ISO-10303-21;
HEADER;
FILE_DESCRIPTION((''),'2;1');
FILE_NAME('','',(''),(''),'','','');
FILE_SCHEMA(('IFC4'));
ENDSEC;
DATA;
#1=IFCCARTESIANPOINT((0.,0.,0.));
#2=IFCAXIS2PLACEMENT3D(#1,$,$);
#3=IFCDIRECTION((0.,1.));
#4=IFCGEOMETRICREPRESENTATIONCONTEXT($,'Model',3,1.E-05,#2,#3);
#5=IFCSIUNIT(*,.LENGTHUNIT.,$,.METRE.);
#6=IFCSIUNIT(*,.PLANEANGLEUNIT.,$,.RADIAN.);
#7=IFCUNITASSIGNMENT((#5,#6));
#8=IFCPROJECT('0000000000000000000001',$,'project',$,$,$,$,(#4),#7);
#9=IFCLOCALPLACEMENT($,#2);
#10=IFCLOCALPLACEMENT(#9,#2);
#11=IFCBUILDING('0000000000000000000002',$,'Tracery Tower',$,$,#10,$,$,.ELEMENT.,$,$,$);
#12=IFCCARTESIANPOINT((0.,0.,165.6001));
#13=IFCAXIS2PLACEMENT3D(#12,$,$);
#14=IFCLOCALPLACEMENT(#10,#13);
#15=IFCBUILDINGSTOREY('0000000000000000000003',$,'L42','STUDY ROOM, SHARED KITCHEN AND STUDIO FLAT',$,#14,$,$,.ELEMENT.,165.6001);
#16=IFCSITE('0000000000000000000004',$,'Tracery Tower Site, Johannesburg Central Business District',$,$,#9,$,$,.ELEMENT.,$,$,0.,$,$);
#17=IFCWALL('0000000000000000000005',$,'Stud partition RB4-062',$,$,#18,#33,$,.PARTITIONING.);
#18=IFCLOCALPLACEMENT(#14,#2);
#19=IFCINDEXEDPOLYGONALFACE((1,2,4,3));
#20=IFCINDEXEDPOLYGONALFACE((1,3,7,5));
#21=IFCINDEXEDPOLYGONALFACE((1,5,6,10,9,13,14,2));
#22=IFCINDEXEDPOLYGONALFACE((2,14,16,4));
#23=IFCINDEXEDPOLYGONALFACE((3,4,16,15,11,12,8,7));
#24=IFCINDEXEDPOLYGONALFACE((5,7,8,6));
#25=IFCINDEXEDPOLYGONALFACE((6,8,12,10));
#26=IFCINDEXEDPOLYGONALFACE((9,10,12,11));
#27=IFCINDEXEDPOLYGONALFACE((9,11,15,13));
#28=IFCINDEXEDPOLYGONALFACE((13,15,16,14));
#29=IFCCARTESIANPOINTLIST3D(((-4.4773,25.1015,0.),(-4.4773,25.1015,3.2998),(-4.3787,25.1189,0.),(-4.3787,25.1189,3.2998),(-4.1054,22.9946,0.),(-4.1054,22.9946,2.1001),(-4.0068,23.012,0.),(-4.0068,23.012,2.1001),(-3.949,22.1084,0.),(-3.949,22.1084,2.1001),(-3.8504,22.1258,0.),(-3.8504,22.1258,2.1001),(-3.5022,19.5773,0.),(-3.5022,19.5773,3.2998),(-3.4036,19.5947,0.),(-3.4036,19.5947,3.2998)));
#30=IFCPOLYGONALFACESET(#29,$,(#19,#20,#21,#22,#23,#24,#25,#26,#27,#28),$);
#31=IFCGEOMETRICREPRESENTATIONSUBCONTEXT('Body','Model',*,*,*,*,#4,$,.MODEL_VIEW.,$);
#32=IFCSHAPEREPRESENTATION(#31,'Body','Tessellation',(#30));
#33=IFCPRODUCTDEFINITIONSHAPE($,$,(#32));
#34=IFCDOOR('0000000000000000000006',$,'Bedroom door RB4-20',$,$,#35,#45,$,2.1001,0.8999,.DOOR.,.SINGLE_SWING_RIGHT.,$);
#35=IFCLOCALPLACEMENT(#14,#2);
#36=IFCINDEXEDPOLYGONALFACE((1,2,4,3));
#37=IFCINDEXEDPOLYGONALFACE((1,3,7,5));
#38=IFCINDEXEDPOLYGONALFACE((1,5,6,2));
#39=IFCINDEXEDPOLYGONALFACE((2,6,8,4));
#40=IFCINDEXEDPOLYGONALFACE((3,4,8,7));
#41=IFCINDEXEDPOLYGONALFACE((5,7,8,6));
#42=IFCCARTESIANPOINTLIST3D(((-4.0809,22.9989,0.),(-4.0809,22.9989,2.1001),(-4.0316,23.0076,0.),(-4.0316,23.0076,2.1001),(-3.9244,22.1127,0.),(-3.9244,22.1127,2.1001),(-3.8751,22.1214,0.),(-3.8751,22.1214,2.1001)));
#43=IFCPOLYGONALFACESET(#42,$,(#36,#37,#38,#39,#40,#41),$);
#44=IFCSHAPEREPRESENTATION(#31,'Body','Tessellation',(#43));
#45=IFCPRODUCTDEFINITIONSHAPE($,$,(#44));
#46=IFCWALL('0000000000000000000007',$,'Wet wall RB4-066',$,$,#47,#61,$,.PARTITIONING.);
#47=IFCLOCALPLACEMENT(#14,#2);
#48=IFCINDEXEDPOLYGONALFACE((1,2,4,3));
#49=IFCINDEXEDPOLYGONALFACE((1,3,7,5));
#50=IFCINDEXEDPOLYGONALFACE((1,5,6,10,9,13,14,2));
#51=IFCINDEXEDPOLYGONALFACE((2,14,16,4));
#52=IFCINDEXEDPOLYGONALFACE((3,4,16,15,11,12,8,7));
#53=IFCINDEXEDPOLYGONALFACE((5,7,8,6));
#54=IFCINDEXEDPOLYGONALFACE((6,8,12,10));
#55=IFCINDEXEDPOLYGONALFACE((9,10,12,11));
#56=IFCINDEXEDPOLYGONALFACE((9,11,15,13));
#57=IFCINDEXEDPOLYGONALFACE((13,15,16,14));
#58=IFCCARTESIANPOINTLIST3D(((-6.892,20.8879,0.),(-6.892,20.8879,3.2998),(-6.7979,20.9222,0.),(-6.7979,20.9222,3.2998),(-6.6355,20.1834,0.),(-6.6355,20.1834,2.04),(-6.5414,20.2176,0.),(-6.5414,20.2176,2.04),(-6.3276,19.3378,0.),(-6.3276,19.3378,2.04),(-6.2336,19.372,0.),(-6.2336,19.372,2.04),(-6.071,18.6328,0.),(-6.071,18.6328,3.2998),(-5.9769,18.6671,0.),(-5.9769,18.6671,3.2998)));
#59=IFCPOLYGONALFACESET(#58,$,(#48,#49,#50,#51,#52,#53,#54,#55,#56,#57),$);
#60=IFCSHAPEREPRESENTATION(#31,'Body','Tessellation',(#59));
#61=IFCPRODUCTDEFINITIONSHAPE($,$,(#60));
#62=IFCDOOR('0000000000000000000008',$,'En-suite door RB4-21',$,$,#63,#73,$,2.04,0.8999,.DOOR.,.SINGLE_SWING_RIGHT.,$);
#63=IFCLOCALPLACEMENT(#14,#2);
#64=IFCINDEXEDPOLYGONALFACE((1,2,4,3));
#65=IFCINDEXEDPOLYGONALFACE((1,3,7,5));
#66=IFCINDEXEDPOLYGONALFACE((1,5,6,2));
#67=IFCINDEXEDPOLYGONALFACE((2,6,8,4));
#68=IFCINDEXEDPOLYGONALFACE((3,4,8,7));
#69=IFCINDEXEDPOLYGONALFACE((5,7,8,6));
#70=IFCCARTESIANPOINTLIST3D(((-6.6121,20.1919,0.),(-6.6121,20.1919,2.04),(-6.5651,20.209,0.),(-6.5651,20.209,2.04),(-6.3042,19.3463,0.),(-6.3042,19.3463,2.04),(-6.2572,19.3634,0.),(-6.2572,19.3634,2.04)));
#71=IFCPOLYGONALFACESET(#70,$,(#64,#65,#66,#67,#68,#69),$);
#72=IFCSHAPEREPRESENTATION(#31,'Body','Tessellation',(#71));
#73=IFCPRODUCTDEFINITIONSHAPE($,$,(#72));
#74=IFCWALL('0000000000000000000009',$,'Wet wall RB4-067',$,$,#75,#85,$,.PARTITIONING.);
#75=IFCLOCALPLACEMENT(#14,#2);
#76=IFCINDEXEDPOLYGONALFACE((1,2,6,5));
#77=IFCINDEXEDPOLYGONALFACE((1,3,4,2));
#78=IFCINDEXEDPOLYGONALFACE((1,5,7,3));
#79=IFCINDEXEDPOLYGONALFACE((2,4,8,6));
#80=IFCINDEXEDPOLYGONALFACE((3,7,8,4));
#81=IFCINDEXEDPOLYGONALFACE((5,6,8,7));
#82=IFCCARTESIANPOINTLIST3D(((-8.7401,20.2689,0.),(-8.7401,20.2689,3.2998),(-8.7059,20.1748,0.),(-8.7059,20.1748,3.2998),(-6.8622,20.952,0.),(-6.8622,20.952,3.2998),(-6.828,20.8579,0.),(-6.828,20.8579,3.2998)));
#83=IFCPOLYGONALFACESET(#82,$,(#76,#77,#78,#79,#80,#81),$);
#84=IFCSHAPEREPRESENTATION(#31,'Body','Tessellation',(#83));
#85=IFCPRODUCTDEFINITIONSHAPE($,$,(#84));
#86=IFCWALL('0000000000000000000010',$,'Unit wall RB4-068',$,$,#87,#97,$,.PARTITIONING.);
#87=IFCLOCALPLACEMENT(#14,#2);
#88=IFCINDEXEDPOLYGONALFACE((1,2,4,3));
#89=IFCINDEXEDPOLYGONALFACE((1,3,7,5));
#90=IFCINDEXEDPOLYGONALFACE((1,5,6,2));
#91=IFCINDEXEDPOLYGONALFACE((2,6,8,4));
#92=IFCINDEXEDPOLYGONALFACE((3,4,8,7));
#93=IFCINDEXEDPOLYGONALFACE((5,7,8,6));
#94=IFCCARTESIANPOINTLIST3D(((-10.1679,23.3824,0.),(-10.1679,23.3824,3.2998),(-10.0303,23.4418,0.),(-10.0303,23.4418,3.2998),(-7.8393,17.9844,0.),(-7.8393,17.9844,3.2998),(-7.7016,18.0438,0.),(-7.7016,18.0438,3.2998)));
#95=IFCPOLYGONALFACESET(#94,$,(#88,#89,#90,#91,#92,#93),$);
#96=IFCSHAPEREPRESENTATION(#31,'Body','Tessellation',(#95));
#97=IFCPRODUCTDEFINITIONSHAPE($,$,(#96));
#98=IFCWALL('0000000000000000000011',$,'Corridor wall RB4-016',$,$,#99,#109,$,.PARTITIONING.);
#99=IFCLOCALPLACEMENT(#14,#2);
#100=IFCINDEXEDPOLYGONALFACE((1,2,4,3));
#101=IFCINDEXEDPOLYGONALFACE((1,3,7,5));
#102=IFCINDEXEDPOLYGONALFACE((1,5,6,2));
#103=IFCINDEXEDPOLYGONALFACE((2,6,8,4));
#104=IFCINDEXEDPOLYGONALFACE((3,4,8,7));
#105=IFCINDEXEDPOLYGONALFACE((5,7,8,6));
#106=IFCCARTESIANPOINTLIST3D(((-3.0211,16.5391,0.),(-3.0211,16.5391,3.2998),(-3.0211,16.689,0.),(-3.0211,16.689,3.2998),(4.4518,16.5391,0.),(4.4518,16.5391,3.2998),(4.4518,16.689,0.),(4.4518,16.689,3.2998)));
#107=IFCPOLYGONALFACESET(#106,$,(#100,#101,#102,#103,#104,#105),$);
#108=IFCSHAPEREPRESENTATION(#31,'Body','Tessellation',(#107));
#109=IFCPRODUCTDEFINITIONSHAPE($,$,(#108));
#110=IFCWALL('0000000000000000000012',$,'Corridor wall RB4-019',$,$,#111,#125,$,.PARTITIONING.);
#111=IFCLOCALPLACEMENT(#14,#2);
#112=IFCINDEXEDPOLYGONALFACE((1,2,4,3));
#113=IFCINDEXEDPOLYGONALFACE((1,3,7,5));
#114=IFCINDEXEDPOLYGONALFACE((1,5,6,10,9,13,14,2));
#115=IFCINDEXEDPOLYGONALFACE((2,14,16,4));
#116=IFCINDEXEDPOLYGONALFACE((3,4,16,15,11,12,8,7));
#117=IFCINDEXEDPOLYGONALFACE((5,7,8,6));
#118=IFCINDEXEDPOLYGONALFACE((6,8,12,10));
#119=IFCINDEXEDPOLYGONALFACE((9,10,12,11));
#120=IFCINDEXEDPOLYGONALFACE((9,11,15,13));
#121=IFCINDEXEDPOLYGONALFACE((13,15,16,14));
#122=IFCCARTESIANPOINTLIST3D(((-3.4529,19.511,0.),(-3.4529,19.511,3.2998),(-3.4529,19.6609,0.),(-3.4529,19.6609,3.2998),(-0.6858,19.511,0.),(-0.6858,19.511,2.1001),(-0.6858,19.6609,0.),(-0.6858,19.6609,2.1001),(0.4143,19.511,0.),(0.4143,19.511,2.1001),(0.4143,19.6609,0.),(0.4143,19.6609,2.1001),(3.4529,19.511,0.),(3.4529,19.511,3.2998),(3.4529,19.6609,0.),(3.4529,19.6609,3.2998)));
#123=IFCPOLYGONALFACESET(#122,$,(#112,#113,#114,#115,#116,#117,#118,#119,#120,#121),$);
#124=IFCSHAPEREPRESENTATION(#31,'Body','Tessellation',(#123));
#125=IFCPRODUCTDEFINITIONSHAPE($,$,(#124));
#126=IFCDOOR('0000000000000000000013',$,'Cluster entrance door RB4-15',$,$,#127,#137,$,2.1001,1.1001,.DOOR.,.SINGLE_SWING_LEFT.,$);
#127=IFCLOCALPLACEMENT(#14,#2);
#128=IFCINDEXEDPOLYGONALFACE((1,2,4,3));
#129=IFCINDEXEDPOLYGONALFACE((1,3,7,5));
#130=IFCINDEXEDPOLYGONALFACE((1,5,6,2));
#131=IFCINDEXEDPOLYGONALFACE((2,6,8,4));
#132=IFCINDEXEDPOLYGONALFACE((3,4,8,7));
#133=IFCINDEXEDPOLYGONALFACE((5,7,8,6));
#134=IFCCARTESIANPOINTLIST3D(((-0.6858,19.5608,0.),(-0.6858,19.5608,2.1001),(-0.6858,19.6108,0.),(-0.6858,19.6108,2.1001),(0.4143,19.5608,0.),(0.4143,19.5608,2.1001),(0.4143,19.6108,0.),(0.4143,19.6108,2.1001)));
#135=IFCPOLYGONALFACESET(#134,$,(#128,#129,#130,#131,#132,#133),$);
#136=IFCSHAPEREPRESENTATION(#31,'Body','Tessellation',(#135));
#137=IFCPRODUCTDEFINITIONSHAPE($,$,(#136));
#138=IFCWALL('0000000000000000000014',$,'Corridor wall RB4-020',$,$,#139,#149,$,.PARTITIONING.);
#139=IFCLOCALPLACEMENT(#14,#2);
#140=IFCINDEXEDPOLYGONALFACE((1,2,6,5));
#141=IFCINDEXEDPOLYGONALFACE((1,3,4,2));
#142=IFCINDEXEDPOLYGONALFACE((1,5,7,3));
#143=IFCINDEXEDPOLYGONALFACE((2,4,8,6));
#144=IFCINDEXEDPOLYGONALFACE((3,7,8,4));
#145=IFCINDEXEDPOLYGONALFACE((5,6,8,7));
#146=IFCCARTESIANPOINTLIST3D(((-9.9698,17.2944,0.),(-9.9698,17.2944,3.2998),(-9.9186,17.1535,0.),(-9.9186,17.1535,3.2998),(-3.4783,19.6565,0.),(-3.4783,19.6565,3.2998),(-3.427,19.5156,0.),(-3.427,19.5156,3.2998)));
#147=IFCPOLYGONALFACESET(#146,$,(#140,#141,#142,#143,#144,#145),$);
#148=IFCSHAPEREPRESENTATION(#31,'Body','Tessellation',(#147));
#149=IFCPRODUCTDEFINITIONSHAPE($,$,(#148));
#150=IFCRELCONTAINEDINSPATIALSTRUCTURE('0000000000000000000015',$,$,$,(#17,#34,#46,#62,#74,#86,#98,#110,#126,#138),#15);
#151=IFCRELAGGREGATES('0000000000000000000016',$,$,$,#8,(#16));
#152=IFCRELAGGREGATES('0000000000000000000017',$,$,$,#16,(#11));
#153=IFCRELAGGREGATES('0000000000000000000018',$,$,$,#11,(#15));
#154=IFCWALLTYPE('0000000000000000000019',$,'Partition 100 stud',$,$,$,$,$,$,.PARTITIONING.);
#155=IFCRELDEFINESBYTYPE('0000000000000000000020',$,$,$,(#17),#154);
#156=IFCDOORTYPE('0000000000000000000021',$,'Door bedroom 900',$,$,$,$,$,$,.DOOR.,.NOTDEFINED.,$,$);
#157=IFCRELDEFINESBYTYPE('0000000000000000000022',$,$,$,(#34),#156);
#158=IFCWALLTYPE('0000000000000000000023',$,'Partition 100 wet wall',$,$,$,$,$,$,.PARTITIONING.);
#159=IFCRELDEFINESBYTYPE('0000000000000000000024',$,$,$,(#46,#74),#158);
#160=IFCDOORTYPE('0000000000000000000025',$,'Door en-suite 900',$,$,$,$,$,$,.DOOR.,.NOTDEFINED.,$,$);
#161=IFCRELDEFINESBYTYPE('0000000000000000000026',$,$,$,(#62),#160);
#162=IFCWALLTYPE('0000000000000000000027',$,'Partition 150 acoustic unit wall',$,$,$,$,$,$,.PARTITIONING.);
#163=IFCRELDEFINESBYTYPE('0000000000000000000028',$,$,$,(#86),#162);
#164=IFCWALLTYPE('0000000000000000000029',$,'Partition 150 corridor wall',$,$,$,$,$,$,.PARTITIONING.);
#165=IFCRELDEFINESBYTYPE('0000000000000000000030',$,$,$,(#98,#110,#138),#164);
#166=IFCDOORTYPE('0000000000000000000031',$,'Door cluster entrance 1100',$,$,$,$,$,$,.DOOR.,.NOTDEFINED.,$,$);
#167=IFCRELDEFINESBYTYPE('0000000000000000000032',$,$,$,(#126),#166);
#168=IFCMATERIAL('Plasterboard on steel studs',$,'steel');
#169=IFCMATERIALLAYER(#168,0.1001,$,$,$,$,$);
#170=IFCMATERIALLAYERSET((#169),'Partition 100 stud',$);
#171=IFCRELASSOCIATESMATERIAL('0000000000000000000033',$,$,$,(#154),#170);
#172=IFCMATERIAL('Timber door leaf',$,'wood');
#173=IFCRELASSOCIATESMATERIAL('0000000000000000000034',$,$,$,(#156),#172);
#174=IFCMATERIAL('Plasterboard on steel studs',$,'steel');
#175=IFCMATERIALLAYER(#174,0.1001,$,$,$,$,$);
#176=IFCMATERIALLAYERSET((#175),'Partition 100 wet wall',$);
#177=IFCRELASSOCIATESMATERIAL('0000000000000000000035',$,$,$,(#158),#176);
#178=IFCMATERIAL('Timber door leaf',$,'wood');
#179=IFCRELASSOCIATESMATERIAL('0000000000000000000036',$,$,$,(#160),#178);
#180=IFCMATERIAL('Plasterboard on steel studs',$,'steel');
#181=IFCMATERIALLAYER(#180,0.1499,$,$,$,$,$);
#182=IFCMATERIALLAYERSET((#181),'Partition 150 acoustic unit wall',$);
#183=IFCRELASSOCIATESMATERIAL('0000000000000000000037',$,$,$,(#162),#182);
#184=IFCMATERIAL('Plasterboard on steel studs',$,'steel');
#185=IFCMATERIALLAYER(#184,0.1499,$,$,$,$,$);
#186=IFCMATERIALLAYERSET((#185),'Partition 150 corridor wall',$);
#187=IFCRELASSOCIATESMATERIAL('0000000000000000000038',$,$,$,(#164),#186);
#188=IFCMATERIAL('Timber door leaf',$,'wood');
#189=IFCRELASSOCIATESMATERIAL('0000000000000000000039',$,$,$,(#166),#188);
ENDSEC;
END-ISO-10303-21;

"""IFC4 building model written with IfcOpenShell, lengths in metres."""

from ifc_helpers import new_model, si_unit, direction, frame, frame_2d, origin, place, context, subcontext, project, spatial, rectangle, extrude, material, layer, layer_set, type_object, element, fill, save


model = new_model("IFC4")

# Units and contexts
model_context = context("Model", 3, precision=1e-05, world=origin(), true_north=direction((0.0, 1.0)))
body_context = subcontext(model_context, "Body", "Model", "MODEL_VIEW")
ifc_project = project(units=[si_unit("LENGTHUNIT", "METRE"), si_unit("PLANEANGLEUNIT", "RADIAN")], contexts=[model_context])

# Site, building, storey
site_placement = place(None, origin())
site = spatial("IfcSite", under=ifc_project, at=site_placement, Name="Tracery Tower Site, Johannesburg Central Business District", CompositionType="ELEMENT", RefElevation=0.0)
building_placement = place(site_placement, origin())
building = spatial("IfcBuilding", under=site, at=building_placement, Name="Tracery Tower", CompositionType="ELEMENT")
storey_placement = place(building_placement, frame((0.0, 0.0, 165.6001)))
storey = spatial("IfcBuildingStorey", under=building, at=storey_placement, Name="L42", Description="STUDY ROOM, SHARED KITCHEN AND STUDIO FLAT", CompositionType="ELEMENT", Elevation=165.6001)

# Walls, openings, doors
ifc_material_1 = material(Name="Plasterboard on steel studs", Category="steel")
ifc_layer_1 = layer(ifc_material_1, 0.1001)
ifc_layer_set_1 = layer_set([ifc_layer_1], Name="Partition 100 stud")
wall_type_1 = type_object("IfcWallType", Name="Partition 100 stud", PredefinedType="PARTITIONING", material=ifc_layer_set_1)
wall_1_placement = place(storey_placement, frame((-4.428, 25.1101, 0.0), z_axis=(0.0, 0.0, 1.0), x_axis=(0.173828, -0.984776, 0.0)))
wall_1 = element("IfcWall", 1, at=wall_1_placement, inside=storey, type_object=wall_type_1, Name="Stud partition RB4-062", PredefinedType="PARTITIONING", context=body_context, shape_type="SweptSolid", body=[
    extrude(rectangle(XDim=5.6096, YDim=0.1001, at=frame_2d((2.8047, 0.0))), origin(), (0.0, 0.0, 1.0), 3.2998),
])
opening_1_placement = place(wall_1_placement, frame((2.1394, 0.0, 0.0)))
opening_1 = element("IfcOpeningElement", 2, at=opening_1_placement, cuts=wall_1, PredefinedType="OPENING", context=body_context, shape_type="SweptSolid", body=[
    extrude(rectangle(XDim=0.8999, YDim=2.1001, at=frame_2d((0.45, 1.05))), frame((0.0, 0.05, 0.0), z_axis=(0.0, -1.0, 0.0), x_axis=(1.0, 0.0, 0.0)), (0.0, 0.0, 1.0), 0.1001),
])
ifc_material_2 = material(Name="Timber door leaf", Category="wood")
door_type_1 = type_object("IfcDoorType", Name="Door bedroom 900", OperationType="NOTDEFINED", PredefinedType="DOOR", material=ifc_material_2)
door_1_placement = place(opening_1_placement, origin())
door_1 = element("IfcDoor", 3, at=door_1_placement, inside=storey, type_object=door_type_1, Name="Bedroom door RB4-20", OperationType="SINGLE_SWING_RIGHT", OverallHeight=2.1001, OverallWidth=0.8999, PredefinedType="DOOR", context=body_context, shape_type="SweptSolid", body=[
    extrude(rectangle(XDim=0.8999, YDim=2.1001, at=frame_2d((0.45, 1.05))), frame((0.0, 0.0249, 0.0), z_axis=(0.0, -1.0, 0.0), x_axis=(1.0, 0.0, 0.0)), (0.0, 0.0, 1.0), 0.05),
])
fill(opening_1, door_1)
ifc_material_3 = material(Name="Plasterboard on steel studs", Category="steel")
ifc_layer_2 = layer(ifc_material_3, 0.1001)
ifc_layer_set_2 = layer_set([ifc_layer_2], Name="Partition 100 wet wall")
wall_type_2 = type_object("IfcWallType", Name="Partition 100 wet wall", PredefinedType="PARTITIONING", material=ifc_layer_set_2)
wall_2_placement = place(storey_placement, frame((-6.845, 20.905, 0.0), z_axis=(0.0, 0.0, 1.0), x_axis=(0.342111, -0.93966, 0.0)))
wall_2 = element("IfcWall", 4, at=wall_2_placement, inside=storey, type_object=wall_type_2, Name="Wet wall RB4-066", PredefinedType="PARTITIONING", context=body_context, shape_type="SweptSolid", body=[
    extrude(rectangle(XDim=2.3999, YDim=0.1001, at=frame_2d((1.2, 0.0))), origin(), (0.0, 0.0, 1.0), 3.2998),
])
opening_2_placement = place(wall_2_placement, frame((0.7498, 0.0, 0.0)))
opening_2 = element("IfcOpeningElement", 5, at=opening_2_placement, cuts=wall_2, PredefinedType="OPENING", context=body_context, shape_type="SweptSolid", body=[
    extrude(rectangle(XDim=0.8999, YDim=2.04, at=frame_2d((0.45, 1.02))), frame((0.0, 0.05, 0.0), z_axis=(0.0, -1.0, 0.0), x_axis=(1.0, 0.0, 0.0)), (0.0, 0.0, 1.0), 0.1001),
])
ifc_material_4 = material(Name="Timber door leaf", Category="wood")
door_type_2 = type_object("IfcDoorType", Name="Door en-suite 900", OperationType="NOTDEFINED", PredefinedType="DOOR", material=ifc_material_4)
door_2_placement = place(opening_2_placement, origin())
door_2 = element("IfcDoor", 6, at=door_2_placement, inside=storey, type_object=door_type_2, Name="En-suite door RB4-21", OperationType="SINGLE_SWING_RIGHT", OverallHeight=2.04, OverallWidth=0.8999, PredefinedType="DOOR", context=body_context, shape_type="SweptSolid", body=[
    extrude(rectangle(XDim=0.8999, YDim=2.04, at=frame_2d((0.45, 1.02))), frame((0.0, 0.0249, 0.0), z_axis=(0.0, -1.0, 0.0), x_axis=(1.0, 0.0, 0.0)), (0.0, 0.0, 1.0), 0.05),
])
fill(opening_2, door_2)

# Walls
wall_3_placement = place(storey_placement, frame((-8.7229, 20.2219, 0.0), z_axis=(0.0, 0.0, 1.0), x_axis=(0.939758, 0.341841, 0.0)))
element("IfcWall", 7, at=wall_3_placement, inside=storey, type_object=wall_type_2, Name="Wet wall RB4-067", PredefinedType="PARTITIONING", context=body_context, shape_type="SweptSolid", body=[
    extrude(rectangle(XDim=1.9983, YDim=0.1001, at=frame_2d((0.999, 0.0))), origin(), (0.0, 0.0, 1.0), 3.2998),
])
ifc_material_5 = material(Name="Plasterboard on steel studs", Category="steel")
ifc_layer_3 = layer(ifc_material_5, 0.1499)
ifc_layer_set_3 = layer_set([ifc_layer_3], Name="Partition 150 acoustic unit wall")
wall_type_3 = type_object("IfcWallType", Name="Partition 150 acoustic unit wall", PredefinedType="PARTITIONING", material=ifc_layer_set_3)
wall_4_placement = place(storey_placement, frame((-10.0991, 23.4121, 0.0), z_axis=(0.0, 0.0, 1.0), x_axis=(0.396103, -0.918206, 0.0)))
element("IfcWall", 8, at=wall_4_placement, inside=storey, type_object=wall_type_3, Name="Unit wall RB4-068", PredefinedType="PARTITIONING", context=body_context, shape_type="SweptSolid", body=[
    extrude(rectangle(XDim=5.8789, YDim=0.1499, at=frame_2d((2.9395, 0.0))), origin(), (0.0, 0.0, 1.0), 3.2998),
])
ifc_material_6 = material(Name="Plasterboard on steel studs", Category="steel")
ifc_layer_4 = layer(ifc_material_6, 0.1499)
ifc_layer_set_4 = layer_set([ifc_layer_4], Name="Partition 150 corridor wall")
wall_type_4 = type_object("IfcWallType", Name="Partition 150 corridor wall", PredefinedType="PARTITIONING", material=ifc_layer_set_4)
wall_5_placement = place(storey_placement, frame((-3.021, 16.614, 0.0), z_axis=(0.0, 0.0, 1.0), x_axis=(1.0, 0.0, 0.0)))
element("IfcWall", 9, at=wall_5_placement, inside=storey, type_object=wall_type_4, Name="Corridor wall RB4-016", PredefinedType="PARTITIONING", context=body_context, shape_type="SweptSolid", body=[
    extrude(rectangle(XDim=7.4729, YDim=0.1499, at=frame_2d((3.7363, 0.0))), origin(), (0.0, 0.0, 1.0), 3.2998),
])

# Wall, opening, door
wall_6_placement = place(storey_placement, frame((-3.4529, 19.5859, 0.0), z_axis=(0.0, 0.0, 1.0), x_axis=(1.0, 0.0, 0.0)))
wall_6 = element("IfcWall", 10, at=wall_6_placement, inside=storey, type_object=wall_type_4, Name="Corridor wall RB4-019", PredefinedType="PARTITIONING", context=body_context, shape_type="SweptSolid", body=[
    extrude(rectangle(XDim=6.9058, YDim=0.1499, at=frame_2d((3.4529, 0.0))), origin(), (0.0, 0.0, 1.0), 3.2998),
])
opening_3_placement = place(wall_6_placement, frame((2.7671, 0.0, 0.0)))
opening_3 = element("IfcOpeningElement", 11, at=opening_3_placement, cuts=wall_6, PredefinedType="OPENING", context=body_context, shape_type="SweptSolid", body=[
    extrude(rectangle(XDim=1.1001, YDim=2.1001, at=frame_2d((0.55, 1.05))), frame((0.0, 0.075, 0.0), z_axis=(0.0, -1.0, 0.0), x_axis=(1.0, 0.0, 0.0)), (0.0, 0.0, 1.0), 0.1499),
])
ifc_material_7 = material(Name="Timber door leaf", Category="wood")
door_type_3 = type_object("IfcDoorType", Name="Door cluster entrance 1100", OperationType="NOTDEFINED", PredefinedType="DOOR", material=ifc_material_7)
door_3_placement = place(opening_3_placement, origin())
door_3 = element("IfcDoor", 12, at=door_3_placement, inside=storey, type_object=door_type_3, Name="Cluster entrance door RB4-15", OperationType="SINGLE_SWING_LEFT", OverallHeight=2.1001, OverallWidth=1.1001, PredefinedType="DOOR", context=body_context, shape_type="SweptSolid", body=[
    extrude(rectangle(XDim=1.1001, YDim=2.1001, at=frame_2d((0.55, 1.05))), frame((0.0, 0.0249, 0.0), z_axis=(0.0, -1.0, 0.0), x_axis=(1.0, 0.0, 0.0)), (0.0, 0.0, 1.0), 0.05),
])
fill(opening_3, door_3)

# Wall
wall_7_placement = place(storey_placement, frame((-9.9443, 17.2239, 0.0), z_axis=(0.0, 0.0, 1.0), x_axis=(0.939722, 0.341939, 0.0)))
element("IfcWall", 13, at=wall_7_placement, inside=storey, type_object=wall_type_4, Name="Corridor wall RB4-020", PredefinedType="PARTITIONING", context=body_context, shape_type="SweptSolid", body=[
    extrude(rectangle(XDim=6.908, YDim=0.1499, at=frame_2d((3.4541, 0.0))), origin(), (0.0, 0.0, 1.0), 3.2998),
])

save(model, "model.ifc")
